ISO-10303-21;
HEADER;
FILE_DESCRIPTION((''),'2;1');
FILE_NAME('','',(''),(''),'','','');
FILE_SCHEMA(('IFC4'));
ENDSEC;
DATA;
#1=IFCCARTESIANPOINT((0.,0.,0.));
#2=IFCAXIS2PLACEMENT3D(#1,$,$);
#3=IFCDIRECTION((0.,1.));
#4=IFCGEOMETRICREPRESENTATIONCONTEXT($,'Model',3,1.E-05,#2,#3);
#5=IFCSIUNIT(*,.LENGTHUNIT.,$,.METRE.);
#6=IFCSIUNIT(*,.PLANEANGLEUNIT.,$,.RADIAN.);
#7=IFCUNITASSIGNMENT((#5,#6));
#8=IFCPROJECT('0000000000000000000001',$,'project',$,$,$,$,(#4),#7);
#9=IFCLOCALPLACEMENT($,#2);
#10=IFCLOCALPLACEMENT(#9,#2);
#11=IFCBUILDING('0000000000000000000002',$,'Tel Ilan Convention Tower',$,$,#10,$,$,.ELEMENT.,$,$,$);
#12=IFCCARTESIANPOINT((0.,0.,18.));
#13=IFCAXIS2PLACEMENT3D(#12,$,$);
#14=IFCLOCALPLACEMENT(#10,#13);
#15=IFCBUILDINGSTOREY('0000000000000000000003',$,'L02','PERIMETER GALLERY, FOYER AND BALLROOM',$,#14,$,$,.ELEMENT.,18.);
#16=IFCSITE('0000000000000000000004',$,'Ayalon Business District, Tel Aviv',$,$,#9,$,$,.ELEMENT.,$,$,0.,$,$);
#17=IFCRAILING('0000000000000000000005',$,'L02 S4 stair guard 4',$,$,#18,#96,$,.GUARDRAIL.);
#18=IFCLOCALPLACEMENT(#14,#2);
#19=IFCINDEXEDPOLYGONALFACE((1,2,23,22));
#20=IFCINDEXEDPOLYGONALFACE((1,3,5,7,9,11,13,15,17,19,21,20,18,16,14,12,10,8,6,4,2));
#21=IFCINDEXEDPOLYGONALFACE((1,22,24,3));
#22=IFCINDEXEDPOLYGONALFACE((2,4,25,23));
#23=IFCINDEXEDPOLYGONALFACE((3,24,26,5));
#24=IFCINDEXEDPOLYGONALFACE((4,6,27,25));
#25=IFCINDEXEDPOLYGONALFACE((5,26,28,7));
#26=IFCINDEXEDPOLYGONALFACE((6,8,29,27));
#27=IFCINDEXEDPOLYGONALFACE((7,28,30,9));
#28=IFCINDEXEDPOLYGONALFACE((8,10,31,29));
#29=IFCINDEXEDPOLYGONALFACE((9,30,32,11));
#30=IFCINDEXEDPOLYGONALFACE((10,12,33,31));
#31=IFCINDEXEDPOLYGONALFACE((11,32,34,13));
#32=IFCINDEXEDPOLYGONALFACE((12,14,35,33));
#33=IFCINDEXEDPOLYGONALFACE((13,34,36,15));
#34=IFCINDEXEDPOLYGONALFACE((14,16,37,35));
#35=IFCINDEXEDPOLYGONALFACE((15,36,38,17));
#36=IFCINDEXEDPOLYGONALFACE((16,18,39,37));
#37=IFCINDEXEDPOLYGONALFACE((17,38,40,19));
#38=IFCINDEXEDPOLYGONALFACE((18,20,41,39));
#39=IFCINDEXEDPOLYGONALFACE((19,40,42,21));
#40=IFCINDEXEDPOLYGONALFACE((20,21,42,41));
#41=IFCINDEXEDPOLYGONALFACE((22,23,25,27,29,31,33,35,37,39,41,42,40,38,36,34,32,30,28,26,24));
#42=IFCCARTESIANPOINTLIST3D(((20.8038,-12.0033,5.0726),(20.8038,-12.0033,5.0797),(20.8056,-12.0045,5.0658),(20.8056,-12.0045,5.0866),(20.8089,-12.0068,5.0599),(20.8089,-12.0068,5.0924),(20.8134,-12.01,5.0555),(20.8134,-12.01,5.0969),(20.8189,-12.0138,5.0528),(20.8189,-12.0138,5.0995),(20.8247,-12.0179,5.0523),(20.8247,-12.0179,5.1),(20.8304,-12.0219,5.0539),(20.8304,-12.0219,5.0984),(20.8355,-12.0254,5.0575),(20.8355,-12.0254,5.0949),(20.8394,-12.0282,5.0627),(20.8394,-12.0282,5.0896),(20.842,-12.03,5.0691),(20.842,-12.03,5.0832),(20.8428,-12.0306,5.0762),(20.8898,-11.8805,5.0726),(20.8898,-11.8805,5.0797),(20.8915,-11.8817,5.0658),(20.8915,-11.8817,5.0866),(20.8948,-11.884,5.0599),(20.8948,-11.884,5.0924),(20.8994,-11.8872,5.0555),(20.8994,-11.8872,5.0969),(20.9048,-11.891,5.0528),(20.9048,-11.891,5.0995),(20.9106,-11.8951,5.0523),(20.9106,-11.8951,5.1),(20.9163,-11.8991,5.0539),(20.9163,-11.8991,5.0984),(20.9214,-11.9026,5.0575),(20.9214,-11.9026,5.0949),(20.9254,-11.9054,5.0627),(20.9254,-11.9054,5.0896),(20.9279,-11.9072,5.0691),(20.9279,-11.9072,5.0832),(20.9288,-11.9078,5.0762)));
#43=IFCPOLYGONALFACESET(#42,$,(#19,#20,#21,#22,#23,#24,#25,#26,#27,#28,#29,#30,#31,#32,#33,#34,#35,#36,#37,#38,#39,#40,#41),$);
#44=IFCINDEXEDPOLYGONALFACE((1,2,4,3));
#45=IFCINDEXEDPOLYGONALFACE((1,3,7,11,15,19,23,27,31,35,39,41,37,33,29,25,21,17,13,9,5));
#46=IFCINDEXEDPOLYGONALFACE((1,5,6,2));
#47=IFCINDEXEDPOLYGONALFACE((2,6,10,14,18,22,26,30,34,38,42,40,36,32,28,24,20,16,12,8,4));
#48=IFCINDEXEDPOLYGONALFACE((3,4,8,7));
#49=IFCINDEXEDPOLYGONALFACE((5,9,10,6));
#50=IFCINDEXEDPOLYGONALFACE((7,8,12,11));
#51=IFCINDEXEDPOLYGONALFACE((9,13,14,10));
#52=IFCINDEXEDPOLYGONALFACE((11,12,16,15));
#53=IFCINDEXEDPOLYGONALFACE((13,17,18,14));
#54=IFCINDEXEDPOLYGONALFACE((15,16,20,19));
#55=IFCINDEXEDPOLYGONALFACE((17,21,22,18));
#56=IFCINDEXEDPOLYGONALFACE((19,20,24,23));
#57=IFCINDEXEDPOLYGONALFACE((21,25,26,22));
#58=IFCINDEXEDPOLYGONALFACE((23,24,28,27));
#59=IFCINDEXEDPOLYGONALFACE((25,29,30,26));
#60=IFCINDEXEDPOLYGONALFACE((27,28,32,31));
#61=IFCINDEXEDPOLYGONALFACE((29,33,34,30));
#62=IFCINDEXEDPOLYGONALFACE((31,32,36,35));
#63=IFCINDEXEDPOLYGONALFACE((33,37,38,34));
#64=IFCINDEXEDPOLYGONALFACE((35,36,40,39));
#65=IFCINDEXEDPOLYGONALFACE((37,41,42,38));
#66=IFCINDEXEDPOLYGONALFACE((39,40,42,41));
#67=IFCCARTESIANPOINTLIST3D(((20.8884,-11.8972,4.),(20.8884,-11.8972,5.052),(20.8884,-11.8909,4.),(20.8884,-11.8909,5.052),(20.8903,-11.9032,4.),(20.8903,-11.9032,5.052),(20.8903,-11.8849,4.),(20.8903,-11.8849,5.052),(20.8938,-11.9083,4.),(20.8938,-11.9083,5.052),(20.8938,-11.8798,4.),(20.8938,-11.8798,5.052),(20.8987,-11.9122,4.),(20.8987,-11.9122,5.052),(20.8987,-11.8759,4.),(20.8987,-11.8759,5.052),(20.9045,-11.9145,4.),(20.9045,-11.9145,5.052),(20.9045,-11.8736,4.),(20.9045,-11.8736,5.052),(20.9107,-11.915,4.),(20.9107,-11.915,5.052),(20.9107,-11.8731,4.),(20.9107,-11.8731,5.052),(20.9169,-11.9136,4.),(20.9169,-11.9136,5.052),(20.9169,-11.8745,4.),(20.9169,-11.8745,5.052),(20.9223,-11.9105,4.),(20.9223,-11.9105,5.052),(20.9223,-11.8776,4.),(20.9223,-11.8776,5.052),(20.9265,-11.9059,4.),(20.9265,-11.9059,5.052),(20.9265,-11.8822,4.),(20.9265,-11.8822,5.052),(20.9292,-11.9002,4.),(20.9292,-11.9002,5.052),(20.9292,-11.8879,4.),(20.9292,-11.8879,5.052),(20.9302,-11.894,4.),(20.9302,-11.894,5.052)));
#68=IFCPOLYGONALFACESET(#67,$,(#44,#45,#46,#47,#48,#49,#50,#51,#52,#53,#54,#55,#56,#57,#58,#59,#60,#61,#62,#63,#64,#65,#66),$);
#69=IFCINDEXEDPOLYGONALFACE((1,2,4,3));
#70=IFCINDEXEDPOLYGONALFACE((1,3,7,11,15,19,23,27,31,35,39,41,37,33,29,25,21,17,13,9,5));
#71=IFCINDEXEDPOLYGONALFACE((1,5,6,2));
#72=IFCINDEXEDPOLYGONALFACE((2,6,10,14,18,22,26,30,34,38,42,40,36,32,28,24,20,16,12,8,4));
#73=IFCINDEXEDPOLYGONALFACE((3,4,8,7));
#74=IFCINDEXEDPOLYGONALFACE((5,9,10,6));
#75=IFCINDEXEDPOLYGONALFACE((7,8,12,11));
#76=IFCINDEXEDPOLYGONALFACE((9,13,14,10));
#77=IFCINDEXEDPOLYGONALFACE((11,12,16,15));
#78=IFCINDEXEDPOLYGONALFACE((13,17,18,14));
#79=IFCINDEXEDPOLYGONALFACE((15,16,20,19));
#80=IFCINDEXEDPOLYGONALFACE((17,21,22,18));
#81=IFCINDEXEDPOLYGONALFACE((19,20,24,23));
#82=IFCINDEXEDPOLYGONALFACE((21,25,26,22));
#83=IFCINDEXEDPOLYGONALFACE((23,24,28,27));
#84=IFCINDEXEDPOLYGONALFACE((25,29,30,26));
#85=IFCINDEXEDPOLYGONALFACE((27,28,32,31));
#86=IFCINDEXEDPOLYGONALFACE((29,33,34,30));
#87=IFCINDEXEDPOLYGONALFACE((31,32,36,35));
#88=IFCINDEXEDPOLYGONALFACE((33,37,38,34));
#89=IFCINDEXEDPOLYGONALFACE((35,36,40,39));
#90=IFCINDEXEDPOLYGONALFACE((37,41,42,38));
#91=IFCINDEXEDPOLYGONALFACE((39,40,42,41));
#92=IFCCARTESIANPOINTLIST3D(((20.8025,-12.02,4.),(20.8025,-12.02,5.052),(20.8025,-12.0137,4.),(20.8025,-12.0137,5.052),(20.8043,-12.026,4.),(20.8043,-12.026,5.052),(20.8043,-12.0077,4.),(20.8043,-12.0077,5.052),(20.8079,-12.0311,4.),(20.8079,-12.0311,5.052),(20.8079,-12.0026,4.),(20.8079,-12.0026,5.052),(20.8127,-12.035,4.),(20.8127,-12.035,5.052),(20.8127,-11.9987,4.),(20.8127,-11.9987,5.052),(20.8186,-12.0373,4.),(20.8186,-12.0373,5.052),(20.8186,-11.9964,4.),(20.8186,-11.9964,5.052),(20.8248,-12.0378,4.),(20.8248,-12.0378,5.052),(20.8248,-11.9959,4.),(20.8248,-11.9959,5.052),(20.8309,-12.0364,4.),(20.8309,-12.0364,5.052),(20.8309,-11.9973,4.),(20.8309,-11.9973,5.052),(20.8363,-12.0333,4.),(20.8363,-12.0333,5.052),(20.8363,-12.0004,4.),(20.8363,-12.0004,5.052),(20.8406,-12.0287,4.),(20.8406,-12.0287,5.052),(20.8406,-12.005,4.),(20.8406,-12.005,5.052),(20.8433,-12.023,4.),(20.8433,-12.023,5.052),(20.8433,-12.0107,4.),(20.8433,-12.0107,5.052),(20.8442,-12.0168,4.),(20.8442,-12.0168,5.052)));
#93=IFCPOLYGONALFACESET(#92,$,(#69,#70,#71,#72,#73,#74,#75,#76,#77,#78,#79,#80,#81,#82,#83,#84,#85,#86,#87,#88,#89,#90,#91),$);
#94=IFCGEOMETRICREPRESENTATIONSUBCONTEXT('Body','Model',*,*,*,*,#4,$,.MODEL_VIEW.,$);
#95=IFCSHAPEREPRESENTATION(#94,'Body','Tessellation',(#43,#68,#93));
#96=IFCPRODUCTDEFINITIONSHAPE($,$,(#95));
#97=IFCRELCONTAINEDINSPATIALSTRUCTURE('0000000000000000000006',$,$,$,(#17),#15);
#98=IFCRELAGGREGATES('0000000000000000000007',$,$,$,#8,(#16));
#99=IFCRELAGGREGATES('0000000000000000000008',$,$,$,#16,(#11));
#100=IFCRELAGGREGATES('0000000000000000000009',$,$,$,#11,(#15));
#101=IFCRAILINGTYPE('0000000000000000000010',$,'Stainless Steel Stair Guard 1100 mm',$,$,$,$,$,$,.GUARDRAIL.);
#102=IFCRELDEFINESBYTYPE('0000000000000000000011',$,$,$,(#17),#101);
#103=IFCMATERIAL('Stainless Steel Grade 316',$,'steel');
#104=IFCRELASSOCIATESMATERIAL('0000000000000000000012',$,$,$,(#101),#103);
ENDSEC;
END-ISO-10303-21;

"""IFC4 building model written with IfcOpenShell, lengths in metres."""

from ifc_helpers import new_model, si_unit, direction, frame, origin, origin_2d, place, context, subcontext, project, spatial, circle, extrude, material, type_object, element, save


model = new_model("IFC4")

# Units and contexts
model_context = context("Model", 3, precision=1e-05, world=origin(), true_north=direction((0.0, 1.0)))
body_context = subcontext(model_context, "Body", "Model", "MODEL_VIEW")
ifc_project = project(units=[si_unit("LENGTHUNIT", "METRE"), si_unit("PLANEANGLEUNIT", "RADIAN")], contexts=[model_context])

# Site, building, storey
site_placement = place(None, origin())
site = spatial("IfcSite", under=ifc_project, at=site_placement, Name="Ayalon Business District, Tel Aviv", CompositionType="ELEMENT", RefElevation=0.0)
building_placement = place(site_placement, origin())
building = spatial("IfcBuilding", under=site, at=building_placement, Name="Tel Ilan Convention Tower", CompositionType="ELEMENT")
storey_placement = place(building_placement, frame((0.0, 0.0, 18.0)))
storey = spatial("IfcBuildingStorey", under=building, at=storey_placement, Name="L02", Description="PERIMETER GALLERY, FOYER AND BALLROOM", CompositionType="ELEMENT", Elevation=18.0)

# Railing
ifc_material_1 = material(Name="Stainless Steel Grade 316", Category="steel")
railing_type = type_object("IfcRailingType", Name="Stainless Steel Stair Guard 1100 mm", PredefinedType="GUARDRAIL", material=ifc_material_1)
railing_1_placement = place(storey_placement, frame((20.9092, -11.894, 4.0)))
element("IfcRailing", 1, at=railing_1_placement, inside=storey, type_object=railing_type, Name="L02 S4 stair guard 4", PredefinedType="GUARDRAIL", context=body_context, shape_type="SweptSolid", body=[
    extrude(circle(Radius=0.0239, at=origin_2d()), frame((0.0, 0.0, 1.0762), z_axis=(-0.573353, -0.819308, 0.0), x_axis=(0.819308, -0.573353, 0.0)), (0.0, 0.0, 1.0), 0.1499),
    extrude(circle(Radius=0.021, at=origin_2d()), origin(), (0.0, 0.0, 1.0), 1.052),
    extrude(circle(Radius=0.021, at=origin_2d()), frame((-0.0859, -0.1228, 0.0)), (0.0, 0.0, 1.0), 1.052),
])

save(model, "model.ifc")
